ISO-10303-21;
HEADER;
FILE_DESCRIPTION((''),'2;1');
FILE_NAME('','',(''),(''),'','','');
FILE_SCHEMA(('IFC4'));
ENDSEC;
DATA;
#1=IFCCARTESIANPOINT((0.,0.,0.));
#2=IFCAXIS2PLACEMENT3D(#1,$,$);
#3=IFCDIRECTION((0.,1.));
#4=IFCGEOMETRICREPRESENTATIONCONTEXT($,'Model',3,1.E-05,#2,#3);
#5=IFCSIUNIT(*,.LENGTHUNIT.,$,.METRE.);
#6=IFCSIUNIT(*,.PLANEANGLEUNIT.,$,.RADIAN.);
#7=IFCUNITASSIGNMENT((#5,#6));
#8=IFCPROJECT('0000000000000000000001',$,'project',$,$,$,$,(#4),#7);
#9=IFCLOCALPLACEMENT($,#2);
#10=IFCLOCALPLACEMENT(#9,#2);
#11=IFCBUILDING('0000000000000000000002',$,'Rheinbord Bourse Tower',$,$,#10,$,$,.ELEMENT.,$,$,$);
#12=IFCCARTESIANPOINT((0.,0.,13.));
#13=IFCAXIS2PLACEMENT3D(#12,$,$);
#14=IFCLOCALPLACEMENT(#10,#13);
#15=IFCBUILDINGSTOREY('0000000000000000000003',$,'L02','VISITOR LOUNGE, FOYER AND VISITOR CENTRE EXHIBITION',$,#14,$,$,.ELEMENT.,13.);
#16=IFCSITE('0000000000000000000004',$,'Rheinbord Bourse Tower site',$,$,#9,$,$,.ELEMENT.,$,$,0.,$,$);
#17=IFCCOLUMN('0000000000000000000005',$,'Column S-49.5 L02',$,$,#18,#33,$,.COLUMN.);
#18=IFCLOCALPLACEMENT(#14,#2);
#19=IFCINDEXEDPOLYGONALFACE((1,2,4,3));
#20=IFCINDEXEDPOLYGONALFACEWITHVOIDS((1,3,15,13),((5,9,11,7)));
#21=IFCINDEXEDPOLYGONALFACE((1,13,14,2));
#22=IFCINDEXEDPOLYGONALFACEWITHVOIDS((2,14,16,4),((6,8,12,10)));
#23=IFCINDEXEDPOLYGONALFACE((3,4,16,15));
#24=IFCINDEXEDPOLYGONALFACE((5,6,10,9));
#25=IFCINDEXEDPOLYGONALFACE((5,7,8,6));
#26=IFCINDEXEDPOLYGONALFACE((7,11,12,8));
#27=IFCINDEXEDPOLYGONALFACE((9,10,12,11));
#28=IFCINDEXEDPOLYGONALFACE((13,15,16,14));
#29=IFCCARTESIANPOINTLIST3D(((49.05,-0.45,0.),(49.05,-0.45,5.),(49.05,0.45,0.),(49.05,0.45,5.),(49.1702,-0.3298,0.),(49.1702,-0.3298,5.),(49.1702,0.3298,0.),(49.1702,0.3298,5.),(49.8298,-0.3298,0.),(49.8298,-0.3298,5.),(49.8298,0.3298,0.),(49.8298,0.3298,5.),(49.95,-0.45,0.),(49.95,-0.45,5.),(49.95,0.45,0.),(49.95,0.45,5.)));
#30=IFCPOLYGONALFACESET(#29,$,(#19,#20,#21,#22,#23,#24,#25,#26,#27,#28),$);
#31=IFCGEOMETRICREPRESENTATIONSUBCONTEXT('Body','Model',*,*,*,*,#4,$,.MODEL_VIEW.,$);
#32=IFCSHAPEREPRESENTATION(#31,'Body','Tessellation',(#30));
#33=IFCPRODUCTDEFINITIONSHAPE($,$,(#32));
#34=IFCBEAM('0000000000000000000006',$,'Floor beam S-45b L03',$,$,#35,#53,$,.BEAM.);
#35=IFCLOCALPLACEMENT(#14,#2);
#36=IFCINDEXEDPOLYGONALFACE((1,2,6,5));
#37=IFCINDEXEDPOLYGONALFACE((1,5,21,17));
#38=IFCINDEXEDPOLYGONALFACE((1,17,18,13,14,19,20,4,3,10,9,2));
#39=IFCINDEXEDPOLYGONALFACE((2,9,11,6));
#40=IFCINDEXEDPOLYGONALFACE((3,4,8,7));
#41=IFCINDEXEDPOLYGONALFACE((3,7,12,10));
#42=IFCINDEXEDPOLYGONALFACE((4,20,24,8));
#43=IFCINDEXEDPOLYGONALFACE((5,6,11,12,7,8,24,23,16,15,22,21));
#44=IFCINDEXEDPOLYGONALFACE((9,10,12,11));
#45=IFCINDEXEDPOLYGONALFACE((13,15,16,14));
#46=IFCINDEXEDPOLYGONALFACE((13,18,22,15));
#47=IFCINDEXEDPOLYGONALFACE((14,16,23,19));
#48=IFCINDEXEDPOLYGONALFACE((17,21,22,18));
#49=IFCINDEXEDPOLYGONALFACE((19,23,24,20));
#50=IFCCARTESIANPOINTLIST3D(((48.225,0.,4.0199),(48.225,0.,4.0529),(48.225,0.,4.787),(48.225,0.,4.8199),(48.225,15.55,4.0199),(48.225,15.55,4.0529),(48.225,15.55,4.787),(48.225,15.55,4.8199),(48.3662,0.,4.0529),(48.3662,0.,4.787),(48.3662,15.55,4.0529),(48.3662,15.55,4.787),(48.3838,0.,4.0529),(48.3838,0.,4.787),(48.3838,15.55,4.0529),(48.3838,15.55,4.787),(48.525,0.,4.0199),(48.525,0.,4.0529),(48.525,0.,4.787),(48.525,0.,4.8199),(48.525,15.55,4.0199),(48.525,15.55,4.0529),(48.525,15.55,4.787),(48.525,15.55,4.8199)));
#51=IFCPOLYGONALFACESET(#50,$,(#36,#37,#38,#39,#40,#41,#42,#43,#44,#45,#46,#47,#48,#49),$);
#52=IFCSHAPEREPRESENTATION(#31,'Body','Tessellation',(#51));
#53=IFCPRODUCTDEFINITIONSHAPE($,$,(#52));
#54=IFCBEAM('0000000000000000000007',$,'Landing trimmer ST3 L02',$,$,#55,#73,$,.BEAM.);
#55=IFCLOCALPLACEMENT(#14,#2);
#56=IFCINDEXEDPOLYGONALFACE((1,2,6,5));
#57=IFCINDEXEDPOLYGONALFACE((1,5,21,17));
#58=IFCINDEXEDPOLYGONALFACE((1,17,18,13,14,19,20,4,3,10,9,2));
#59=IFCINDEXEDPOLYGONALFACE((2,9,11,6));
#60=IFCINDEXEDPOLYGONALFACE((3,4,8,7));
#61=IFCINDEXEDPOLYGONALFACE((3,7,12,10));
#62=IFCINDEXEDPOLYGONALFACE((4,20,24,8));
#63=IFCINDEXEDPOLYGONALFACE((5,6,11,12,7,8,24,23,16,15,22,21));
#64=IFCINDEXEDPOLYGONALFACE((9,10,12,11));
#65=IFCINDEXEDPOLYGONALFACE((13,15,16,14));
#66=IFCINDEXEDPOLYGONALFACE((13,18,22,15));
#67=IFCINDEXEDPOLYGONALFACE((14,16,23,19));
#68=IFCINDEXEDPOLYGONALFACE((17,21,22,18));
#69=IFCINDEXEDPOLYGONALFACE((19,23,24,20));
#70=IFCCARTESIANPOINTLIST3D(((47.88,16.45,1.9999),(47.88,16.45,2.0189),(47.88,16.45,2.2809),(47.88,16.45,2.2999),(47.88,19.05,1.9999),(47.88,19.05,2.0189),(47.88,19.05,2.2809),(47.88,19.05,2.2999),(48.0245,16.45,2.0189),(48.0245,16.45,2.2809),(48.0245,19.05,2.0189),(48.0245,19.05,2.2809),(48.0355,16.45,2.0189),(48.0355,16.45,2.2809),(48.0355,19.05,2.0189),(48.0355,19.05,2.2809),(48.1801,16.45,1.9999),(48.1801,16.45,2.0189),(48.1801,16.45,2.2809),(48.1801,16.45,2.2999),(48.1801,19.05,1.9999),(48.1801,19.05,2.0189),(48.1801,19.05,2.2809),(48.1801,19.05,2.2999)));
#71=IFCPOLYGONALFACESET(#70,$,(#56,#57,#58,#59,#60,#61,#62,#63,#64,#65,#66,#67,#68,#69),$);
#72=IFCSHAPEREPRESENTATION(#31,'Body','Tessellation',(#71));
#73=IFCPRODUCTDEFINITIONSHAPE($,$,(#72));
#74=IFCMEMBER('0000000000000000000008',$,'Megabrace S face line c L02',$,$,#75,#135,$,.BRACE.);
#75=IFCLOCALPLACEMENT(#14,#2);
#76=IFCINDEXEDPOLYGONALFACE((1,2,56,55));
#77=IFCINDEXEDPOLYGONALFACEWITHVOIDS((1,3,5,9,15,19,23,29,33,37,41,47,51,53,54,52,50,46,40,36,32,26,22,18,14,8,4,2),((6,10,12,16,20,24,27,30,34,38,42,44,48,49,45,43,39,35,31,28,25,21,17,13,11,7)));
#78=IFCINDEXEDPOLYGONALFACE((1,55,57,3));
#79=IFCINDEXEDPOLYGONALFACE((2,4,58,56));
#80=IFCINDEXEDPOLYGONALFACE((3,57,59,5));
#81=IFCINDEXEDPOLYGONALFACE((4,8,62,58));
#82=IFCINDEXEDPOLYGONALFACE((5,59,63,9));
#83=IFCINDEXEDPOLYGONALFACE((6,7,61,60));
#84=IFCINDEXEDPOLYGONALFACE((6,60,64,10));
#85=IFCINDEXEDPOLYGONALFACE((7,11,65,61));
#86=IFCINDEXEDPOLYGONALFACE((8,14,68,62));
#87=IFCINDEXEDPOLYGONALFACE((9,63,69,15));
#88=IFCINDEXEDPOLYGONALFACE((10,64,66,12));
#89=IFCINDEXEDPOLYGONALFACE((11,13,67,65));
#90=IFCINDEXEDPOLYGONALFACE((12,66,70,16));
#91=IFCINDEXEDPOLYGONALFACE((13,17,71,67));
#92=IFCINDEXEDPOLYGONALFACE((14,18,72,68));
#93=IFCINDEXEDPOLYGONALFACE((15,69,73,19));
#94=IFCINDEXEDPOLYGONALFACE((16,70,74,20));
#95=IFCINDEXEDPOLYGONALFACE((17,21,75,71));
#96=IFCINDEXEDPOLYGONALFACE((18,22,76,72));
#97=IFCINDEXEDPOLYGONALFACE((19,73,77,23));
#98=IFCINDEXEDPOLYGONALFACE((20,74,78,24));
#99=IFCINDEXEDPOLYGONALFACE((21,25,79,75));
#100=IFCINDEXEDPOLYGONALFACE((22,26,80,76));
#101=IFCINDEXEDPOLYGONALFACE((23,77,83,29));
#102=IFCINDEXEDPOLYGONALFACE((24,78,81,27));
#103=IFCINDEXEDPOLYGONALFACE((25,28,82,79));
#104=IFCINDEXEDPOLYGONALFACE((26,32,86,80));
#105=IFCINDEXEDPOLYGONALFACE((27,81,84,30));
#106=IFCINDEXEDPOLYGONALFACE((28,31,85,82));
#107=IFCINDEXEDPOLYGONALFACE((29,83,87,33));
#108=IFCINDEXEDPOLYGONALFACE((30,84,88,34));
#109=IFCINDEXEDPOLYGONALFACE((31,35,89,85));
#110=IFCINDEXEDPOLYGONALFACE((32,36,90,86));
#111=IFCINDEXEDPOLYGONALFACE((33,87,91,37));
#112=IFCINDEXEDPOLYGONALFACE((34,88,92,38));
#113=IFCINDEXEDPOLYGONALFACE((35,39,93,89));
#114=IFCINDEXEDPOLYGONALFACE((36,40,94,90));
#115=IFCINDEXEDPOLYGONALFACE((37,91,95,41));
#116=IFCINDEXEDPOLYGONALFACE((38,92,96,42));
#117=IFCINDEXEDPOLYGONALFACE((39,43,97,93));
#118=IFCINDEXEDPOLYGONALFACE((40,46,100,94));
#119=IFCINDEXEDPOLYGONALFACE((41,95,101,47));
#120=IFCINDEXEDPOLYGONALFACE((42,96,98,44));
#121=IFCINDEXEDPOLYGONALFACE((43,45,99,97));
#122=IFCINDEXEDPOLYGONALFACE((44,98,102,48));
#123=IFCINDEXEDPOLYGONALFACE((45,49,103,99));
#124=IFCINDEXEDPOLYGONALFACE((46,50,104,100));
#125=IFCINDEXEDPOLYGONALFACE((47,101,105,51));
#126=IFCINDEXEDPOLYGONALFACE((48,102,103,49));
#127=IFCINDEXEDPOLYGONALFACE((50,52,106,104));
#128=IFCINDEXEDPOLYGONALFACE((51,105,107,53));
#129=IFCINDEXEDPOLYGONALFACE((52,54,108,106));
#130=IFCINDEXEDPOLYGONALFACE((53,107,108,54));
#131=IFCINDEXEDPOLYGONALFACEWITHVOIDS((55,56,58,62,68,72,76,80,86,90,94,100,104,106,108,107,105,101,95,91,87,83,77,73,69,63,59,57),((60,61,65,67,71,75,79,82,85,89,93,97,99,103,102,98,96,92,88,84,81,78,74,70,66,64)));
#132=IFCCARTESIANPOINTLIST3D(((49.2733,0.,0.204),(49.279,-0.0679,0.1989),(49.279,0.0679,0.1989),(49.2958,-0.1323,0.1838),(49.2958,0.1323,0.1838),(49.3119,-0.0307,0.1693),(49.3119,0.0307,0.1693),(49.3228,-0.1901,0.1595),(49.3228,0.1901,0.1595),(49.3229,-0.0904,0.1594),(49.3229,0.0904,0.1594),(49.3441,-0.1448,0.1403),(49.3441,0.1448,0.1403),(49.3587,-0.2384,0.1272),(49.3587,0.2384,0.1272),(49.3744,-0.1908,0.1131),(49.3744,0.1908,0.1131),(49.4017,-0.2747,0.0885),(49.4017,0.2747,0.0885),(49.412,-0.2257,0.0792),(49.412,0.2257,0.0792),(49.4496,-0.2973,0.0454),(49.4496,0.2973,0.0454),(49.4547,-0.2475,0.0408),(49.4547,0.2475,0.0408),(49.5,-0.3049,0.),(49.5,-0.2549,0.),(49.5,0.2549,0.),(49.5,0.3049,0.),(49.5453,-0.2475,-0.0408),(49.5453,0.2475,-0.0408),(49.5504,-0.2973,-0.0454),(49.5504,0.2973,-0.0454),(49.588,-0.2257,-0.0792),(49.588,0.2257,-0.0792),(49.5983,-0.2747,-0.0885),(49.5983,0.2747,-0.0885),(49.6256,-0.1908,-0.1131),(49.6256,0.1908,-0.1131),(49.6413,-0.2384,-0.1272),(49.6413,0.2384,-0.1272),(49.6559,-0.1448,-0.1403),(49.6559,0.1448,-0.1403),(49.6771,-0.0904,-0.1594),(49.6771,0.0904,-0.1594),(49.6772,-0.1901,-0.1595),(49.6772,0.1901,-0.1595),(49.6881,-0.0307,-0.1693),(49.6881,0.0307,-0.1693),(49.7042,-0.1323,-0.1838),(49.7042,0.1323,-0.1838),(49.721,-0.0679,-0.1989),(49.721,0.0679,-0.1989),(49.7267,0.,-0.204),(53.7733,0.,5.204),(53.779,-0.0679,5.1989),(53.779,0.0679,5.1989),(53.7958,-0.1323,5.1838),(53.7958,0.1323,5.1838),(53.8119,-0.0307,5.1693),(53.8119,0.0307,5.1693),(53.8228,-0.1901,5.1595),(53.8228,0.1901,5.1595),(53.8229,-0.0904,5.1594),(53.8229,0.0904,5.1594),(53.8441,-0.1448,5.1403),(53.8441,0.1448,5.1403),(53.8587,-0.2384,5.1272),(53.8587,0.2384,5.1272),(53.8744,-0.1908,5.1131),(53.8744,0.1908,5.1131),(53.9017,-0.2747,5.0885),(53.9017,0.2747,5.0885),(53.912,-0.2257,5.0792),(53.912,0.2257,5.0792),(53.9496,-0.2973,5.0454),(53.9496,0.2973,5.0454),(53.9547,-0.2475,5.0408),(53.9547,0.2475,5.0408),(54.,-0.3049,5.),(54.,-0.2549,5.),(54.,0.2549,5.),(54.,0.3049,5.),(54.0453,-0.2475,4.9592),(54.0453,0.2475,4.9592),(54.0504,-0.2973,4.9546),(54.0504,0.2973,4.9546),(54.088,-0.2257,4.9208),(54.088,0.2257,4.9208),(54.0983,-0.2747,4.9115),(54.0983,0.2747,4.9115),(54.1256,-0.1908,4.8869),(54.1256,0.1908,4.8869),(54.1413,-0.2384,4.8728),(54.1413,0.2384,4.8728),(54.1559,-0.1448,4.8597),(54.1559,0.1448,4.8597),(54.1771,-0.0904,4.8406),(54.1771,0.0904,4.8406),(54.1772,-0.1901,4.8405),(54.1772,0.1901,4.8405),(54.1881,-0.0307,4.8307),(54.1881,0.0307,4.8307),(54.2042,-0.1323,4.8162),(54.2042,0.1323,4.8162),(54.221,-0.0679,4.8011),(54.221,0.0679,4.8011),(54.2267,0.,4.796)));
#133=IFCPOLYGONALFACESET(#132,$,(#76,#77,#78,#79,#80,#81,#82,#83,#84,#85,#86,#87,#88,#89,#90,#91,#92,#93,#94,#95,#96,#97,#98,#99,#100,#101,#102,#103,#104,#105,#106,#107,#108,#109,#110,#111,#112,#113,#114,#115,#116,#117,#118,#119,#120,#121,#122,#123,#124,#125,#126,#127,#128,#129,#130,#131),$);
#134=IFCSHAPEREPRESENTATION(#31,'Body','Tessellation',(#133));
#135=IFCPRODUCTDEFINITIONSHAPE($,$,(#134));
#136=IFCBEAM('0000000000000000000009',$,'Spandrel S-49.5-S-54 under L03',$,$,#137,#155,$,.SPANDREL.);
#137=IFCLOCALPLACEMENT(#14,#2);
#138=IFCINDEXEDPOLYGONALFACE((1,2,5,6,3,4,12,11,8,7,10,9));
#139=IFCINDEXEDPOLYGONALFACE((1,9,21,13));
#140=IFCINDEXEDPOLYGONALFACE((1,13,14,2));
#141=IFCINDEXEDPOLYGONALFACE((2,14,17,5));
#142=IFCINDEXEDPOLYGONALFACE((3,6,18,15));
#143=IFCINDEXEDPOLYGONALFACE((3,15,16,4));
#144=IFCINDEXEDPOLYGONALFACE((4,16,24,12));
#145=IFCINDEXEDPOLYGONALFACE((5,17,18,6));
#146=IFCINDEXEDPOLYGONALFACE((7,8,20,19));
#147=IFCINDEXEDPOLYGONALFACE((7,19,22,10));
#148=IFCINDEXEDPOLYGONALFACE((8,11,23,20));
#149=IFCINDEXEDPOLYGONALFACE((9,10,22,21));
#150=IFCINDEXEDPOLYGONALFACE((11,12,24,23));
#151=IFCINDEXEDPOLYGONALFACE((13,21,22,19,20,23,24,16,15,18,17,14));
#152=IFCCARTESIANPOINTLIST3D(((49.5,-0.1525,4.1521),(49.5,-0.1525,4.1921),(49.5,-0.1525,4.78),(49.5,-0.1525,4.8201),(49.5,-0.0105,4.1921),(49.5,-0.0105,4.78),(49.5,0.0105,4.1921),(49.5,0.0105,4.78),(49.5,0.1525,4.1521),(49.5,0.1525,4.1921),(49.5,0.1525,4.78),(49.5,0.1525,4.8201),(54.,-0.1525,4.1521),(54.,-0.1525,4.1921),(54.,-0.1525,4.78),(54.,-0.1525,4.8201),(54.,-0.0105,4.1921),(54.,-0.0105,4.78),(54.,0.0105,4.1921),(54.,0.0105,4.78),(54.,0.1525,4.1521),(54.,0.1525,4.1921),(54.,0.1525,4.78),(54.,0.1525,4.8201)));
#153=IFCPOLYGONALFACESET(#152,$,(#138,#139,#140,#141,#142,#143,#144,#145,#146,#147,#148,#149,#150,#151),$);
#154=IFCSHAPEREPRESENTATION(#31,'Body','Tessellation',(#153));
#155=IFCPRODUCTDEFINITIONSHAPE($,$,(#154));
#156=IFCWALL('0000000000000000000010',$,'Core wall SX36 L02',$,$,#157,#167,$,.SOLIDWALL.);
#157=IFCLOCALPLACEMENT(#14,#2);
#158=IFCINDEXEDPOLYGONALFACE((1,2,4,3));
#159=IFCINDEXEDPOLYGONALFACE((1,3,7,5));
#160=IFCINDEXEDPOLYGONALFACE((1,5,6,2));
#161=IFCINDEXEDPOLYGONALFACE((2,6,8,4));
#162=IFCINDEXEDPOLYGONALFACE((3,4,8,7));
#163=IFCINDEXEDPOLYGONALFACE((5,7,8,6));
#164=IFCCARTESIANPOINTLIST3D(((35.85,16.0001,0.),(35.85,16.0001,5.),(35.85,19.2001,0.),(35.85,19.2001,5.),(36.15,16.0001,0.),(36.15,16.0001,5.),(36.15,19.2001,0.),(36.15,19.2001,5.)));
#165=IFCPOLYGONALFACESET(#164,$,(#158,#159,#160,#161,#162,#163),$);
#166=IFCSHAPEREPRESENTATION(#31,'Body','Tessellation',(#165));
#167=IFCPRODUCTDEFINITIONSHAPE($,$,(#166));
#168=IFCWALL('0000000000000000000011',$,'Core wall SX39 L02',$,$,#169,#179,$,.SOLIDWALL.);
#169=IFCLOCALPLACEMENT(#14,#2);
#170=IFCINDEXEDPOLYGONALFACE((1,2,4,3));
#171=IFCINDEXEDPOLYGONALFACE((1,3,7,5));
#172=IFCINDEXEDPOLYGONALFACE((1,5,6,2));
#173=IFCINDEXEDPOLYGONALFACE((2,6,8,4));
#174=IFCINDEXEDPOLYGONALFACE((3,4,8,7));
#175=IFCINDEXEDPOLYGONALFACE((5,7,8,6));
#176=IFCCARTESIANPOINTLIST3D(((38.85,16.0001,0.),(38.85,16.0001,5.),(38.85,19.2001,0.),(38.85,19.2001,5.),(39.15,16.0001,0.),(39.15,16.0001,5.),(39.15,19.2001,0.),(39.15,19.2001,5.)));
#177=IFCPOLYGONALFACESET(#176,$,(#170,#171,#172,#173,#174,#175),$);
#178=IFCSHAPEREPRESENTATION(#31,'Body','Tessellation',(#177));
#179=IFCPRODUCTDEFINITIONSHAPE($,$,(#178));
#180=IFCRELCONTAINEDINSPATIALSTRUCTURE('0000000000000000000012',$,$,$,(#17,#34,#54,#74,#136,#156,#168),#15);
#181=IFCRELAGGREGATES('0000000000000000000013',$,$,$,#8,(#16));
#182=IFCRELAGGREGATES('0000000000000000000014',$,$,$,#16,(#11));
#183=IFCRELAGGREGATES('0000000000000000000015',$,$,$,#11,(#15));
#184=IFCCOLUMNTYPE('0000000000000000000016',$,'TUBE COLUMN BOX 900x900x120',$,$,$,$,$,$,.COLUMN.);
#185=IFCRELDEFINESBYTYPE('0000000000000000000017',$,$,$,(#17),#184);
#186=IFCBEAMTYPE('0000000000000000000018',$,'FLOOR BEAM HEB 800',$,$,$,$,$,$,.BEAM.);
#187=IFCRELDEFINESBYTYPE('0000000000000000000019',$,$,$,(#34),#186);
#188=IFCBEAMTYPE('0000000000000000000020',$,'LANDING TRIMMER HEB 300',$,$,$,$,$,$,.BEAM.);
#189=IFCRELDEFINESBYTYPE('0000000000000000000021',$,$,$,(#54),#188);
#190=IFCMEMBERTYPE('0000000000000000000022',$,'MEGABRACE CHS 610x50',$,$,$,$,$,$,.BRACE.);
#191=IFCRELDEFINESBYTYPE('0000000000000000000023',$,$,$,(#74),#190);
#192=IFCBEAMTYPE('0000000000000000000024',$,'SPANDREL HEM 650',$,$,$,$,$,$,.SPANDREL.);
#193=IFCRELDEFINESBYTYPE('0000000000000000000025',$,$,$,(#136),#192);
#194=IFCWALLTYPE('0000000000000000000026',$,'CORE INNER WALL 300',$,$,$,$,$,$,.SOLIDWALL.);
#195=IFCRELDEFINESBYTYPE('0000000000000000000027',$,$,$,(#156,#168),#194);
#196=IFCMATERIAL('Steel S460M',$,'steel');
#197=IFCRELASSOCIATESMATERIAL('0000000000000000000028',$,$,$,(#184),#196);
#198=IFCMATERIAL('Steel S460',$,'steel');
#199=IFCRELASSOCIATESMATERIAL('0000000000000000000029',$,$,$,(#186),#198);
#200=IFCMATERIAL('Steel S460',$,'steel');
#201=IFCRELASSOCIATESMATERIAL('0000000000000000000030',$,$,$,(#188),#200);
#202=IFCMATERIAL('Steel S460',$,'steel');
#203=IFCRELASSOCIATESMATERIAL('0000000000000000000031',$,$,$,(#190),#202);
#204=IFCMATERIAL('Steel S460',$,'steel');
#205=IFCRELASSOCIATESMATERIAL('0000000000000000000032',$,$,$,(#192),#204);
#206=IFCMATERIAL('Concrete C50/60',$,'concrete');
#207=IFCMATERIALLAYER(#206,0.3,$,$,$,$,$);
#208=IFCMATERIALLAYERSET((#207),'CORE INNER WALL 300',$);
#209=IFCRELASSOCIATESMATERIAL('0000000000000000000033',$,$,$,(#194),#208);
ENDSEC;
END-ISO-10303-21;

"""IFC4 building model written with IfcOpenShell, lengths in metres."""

from ifc_helpers import new_model, si_unit, direction, frame, frame_2d, origin, origin_2d, place, context, subcontext, project, spatial, rectangle, hollow_rectangle, hollow_circle, i_section, extrude, material, layer, layer_set, material_profile, profile_set, type_object, element, save


model = new_model("IFC4")

# Units and contexts
model_context = context("Model", 3, precision=1e-05, world=origin(), true_north=direction((0.0, 1.0)))
body_context = subcontext(model_context, "Body", "Model", "MODEL_VIEW")
ifc_project = project(units=[si_unit("LENGTHUNIT", "METRE"), si_unit("PLANEANGLEUNIT", "RADIAN")], contexts=[model_context])

# Site, building, storey
site_placement = place(None, origin())
site = spatial("IfcSite", under=ifc_project, at=site_placement, Name="Rheinbord Bourse Tower site", CompositionType="ELEMENT", RefElevation=0.0)
building_placement = place(site_placement, origin())
building = spatial("IfcBuilding", under=site, at=building_placement, Name="Rheinbord Bourse Tower", CompositionType="ELEMENT")
storey_placement = place(building_placement, frame((0.0, 0.0, 13.0)))
storey = spatial("IfcBuildingStorey", under=building, at=storey_placement, Name="L02", Description="VISITOR LOUNGE, FOYER AND VISITOR CENTRE EXHIBITION", CompositionType="ELEMENT", Elevation=13.0)

# Column
ifc_material_1 = material(Name="Steel S460M", Category="steel")
ifc_material_profile_1 = material_profile(ifc_material_1, hollow_rectangle(XDim=0.8999, YDim=0.8999, WallThickness=0.1201, at=origin_2d()), Name="BOX 900x900x120")
ifc_profile_set_1 = profile_set([ifc_material_profile_1], Name="Steel S460M")
column_type = type_object("IfcColumnType", Name="TUBE COLUMN BOX 900x900x120", PredefinedType="COLUMN", material=ifc_profile_set_1)
column_placement = place(storey_placement, frame((49.5, 0.0, 0.0), z_axis=(0.0, 0.0, 1.0), x_axis=(0.0, 1.0, 0.0)))
element("IfcColumn", 1, at=column_placement, inside=storey, type_object=column_type, Name="Column S-49.5 L02", PredefinedType="COLUMN", context=body_context, shape_type="SweptSolid", body=[
    extrude(hollow_rectangle(XDim=0.8999, YDim=0.8999, WallThickness=0.1201, at=origin_2d()), origin(), (0.0, 0.0, 1.0), 5.0),
])

# Beams
ifc_material_2 = material(Name="Steel S460", Category="steel")
ifc_material_profile_2 = material_profile(ifc_material_2, i_section(OverallWidth=0.3, OverallDepth=0.8, WebThickness=0.0176, FlangeThickness=0.033, at=origin_2d()), Name="HEB 800")
ifc_profile_set_2 = profile_set([ifc_material_profile_2], Name="Steel S460")
beam_type_1 = type_object("IfcBeamType", Name="FLOOR BEAM HEB 800", PredefinedType="BEAM", material=ifc_profile_set_2)
beam_1_placement = place(storey_placement, frame((48.375, 0.0, 4.4199), z_axis=(0.0, 1.0, 0.0), x_axis=(-1.0, 0.0, 0.0)))
element("IfcBeam", 2, at=beam_1_placement, inside=storey, type_object=beam_type_1, Name="Floor beam S-45b L03", PredefinedType="BEAM", context=body_context, shape_type="SweptSolid", body=[
    extrude(i_section(OverallWidth=0.3, OverallDepth=0.8, WebThickness=0.0176, FlangeThickness=0.033, at=origin_2d()), origin(), (0.0, 0.0, 1.0), 15.55),
])
ifc_material_3 = material(Name="Steel S460", Category="steel")
ifc_material_profile_3 = material_profile(ifc_material_3, i_section(OverallWidth=0.3, OverallDepth=0.3, WebThickness=0.011, FlangeThickness=0.019, at=origin_2d()), Name="HEB 300")
ifc_profile_set_3 = profile_set([ifc_material_profile_3], Name="Steel S460")
beam_type_2 = type_object("IfcBeamType", Name="LANDING TRIMMER HEB 300", PredefinedType="BEAM", material=ifc_profile_set_3)
beam_2_placement = place(storey_placement, frame((48.03, 16.45, 2.1499), z_axis=(0.0, 1.0, 0.0), x_axis=(-1.0, 0.0, 0.0)))
element("IfcBeam", 3, at=beam_2_placement, inside=storey, type_object=beam_type_2, Name="Landing trimmer ST3 L02", PredefinedType="BEAM", context=body_context, shape_type="SweptSolid", body=[
    extrude(i_section(OverallWidth=0.3, OverallDepth=0.3, WebThickness=0.011, FlangeThickness=0.019, at=origin_2d()), origin(), (0.0, 0.0, 1.0), 2.6001),
])

# Member
ifc_material_4 = material(Name="Steel S460", Category="steel")
ifc_material_profile_4 = material_profile(ifc_material_4, hollow_circle(Radius=0.3049, WallThickness=0.05, at=origin_2d()), Name="CHS 610x50")
ifc_profile_set_4 = profile_set([ifc_material_profile_4], Name="Steel S460")
member_type = type_object("IfcMemberType", Name="MEGABRACE CHS 610x50", PredefinedType="BRACE", material=ifc_profile_set_4)
member_placement = place(storey_placement, frame((49.5, 0.0, 0.0), z_axis=(0.668965, 0.0, 0.743294), x_axis=(0.0, 1.0, 0.0)))
element("IfcMember", 4, at=member_placement, inside=storey, type_object=member_type, Name="Megabrace S face line c L02", PredefinedType="BRACE", context=body_context, shape_type="SweptSolid", body=[
    extrude(hollow_circle(Radius=0.3049, WallThickness=0.05, at=origin_2d()), origin(), (0.0, 0.0, 1.0), 6.7268),
])

# Beam
ifc_material_5 = material(Name="Steel S460", Category="steel")
ifc_material_profile_5 = material_profile(ifc_material_5, i_section(OverallWidth=0.3049, OverallDepth=0.668, WebThickness=0.021, FlangeThickness=0.04, at=origin_2d()), Name="HEM 650")
ifc_profile_set_5 = profile_set([ifc_material_profile_5], Name="Steel S460")
beam_type_3 = type_object("IfcBeamType", Name="SPANDREL HEM 650", PredefinedType="SPANDREL", material=ifc_profile_set_5)
beam_3_placement = place(storey_placement, frame((49.5, 0.0, 4.4861), z_axis=(1.0, 0.0, 0.0), x_axis=(0.0, 1.0, 0.0)))
element("IfcBeam", 5, at=beam_3_placement, inside=storey, type_object=beam_type_3, Name="Spandrel S-49.5-S-54 under L03", PredefinedType="SPANDREL", context=body_context, shape_type="SweptSolid", body=[
    extrude(i_section(OverallWidth=0.3049, OverallDepth=0.668, WebThickness=0.021, FlangeThickness=0.04, at=origin_2d()), origin(), (0.0, 0.0, 1.0), 4.5),
])

# Walls
ifc_material_6 = material(Name="Concrete C50/60", Category="concrete")
ifc_layer_1 = layer(ifc_material_6, 0.3)
ifc_layer_set_1 = layer_set([ifc_layer_1], Name="CORE INNER WALL 300")
wall_type_1 = type_object("IfcWallType", Name="CORE INNER WALL 300", PredefinedType="SOLIDWALL", material=ifc_layer_set_1)
for number, where, z_axis, x_axis, name in (
    (6, (36.0, 16.0, 0.0), (0.0, 0.0, 1.0), (0.0, 1.0, 0.0), "Core wall SX36 L02"),
    (7, (39.0, 16.0, 0.0), (0.0, 0.0, 1.0), (0.0, 1.0, 0.0), "Core wall SX39 L02"),
):
    element("IfcWall", number, at=place(storey_placement, frame(where, z_axis=z_axis, x_axis=x_axis)), inside=storey, type_object=wall_type_1, Name=name, PredefinedType="SOLIDWALL", context=body_context, shape_type="SweptSolid", body=[
        extrude(rectangle(XDim=3.2, YDim=0.3, at=frame_2d((1.6001, 0.0))), origin(), (0.0, 0.0, 1.0), 5.0),
    ])

save(model, "model.ifc")
